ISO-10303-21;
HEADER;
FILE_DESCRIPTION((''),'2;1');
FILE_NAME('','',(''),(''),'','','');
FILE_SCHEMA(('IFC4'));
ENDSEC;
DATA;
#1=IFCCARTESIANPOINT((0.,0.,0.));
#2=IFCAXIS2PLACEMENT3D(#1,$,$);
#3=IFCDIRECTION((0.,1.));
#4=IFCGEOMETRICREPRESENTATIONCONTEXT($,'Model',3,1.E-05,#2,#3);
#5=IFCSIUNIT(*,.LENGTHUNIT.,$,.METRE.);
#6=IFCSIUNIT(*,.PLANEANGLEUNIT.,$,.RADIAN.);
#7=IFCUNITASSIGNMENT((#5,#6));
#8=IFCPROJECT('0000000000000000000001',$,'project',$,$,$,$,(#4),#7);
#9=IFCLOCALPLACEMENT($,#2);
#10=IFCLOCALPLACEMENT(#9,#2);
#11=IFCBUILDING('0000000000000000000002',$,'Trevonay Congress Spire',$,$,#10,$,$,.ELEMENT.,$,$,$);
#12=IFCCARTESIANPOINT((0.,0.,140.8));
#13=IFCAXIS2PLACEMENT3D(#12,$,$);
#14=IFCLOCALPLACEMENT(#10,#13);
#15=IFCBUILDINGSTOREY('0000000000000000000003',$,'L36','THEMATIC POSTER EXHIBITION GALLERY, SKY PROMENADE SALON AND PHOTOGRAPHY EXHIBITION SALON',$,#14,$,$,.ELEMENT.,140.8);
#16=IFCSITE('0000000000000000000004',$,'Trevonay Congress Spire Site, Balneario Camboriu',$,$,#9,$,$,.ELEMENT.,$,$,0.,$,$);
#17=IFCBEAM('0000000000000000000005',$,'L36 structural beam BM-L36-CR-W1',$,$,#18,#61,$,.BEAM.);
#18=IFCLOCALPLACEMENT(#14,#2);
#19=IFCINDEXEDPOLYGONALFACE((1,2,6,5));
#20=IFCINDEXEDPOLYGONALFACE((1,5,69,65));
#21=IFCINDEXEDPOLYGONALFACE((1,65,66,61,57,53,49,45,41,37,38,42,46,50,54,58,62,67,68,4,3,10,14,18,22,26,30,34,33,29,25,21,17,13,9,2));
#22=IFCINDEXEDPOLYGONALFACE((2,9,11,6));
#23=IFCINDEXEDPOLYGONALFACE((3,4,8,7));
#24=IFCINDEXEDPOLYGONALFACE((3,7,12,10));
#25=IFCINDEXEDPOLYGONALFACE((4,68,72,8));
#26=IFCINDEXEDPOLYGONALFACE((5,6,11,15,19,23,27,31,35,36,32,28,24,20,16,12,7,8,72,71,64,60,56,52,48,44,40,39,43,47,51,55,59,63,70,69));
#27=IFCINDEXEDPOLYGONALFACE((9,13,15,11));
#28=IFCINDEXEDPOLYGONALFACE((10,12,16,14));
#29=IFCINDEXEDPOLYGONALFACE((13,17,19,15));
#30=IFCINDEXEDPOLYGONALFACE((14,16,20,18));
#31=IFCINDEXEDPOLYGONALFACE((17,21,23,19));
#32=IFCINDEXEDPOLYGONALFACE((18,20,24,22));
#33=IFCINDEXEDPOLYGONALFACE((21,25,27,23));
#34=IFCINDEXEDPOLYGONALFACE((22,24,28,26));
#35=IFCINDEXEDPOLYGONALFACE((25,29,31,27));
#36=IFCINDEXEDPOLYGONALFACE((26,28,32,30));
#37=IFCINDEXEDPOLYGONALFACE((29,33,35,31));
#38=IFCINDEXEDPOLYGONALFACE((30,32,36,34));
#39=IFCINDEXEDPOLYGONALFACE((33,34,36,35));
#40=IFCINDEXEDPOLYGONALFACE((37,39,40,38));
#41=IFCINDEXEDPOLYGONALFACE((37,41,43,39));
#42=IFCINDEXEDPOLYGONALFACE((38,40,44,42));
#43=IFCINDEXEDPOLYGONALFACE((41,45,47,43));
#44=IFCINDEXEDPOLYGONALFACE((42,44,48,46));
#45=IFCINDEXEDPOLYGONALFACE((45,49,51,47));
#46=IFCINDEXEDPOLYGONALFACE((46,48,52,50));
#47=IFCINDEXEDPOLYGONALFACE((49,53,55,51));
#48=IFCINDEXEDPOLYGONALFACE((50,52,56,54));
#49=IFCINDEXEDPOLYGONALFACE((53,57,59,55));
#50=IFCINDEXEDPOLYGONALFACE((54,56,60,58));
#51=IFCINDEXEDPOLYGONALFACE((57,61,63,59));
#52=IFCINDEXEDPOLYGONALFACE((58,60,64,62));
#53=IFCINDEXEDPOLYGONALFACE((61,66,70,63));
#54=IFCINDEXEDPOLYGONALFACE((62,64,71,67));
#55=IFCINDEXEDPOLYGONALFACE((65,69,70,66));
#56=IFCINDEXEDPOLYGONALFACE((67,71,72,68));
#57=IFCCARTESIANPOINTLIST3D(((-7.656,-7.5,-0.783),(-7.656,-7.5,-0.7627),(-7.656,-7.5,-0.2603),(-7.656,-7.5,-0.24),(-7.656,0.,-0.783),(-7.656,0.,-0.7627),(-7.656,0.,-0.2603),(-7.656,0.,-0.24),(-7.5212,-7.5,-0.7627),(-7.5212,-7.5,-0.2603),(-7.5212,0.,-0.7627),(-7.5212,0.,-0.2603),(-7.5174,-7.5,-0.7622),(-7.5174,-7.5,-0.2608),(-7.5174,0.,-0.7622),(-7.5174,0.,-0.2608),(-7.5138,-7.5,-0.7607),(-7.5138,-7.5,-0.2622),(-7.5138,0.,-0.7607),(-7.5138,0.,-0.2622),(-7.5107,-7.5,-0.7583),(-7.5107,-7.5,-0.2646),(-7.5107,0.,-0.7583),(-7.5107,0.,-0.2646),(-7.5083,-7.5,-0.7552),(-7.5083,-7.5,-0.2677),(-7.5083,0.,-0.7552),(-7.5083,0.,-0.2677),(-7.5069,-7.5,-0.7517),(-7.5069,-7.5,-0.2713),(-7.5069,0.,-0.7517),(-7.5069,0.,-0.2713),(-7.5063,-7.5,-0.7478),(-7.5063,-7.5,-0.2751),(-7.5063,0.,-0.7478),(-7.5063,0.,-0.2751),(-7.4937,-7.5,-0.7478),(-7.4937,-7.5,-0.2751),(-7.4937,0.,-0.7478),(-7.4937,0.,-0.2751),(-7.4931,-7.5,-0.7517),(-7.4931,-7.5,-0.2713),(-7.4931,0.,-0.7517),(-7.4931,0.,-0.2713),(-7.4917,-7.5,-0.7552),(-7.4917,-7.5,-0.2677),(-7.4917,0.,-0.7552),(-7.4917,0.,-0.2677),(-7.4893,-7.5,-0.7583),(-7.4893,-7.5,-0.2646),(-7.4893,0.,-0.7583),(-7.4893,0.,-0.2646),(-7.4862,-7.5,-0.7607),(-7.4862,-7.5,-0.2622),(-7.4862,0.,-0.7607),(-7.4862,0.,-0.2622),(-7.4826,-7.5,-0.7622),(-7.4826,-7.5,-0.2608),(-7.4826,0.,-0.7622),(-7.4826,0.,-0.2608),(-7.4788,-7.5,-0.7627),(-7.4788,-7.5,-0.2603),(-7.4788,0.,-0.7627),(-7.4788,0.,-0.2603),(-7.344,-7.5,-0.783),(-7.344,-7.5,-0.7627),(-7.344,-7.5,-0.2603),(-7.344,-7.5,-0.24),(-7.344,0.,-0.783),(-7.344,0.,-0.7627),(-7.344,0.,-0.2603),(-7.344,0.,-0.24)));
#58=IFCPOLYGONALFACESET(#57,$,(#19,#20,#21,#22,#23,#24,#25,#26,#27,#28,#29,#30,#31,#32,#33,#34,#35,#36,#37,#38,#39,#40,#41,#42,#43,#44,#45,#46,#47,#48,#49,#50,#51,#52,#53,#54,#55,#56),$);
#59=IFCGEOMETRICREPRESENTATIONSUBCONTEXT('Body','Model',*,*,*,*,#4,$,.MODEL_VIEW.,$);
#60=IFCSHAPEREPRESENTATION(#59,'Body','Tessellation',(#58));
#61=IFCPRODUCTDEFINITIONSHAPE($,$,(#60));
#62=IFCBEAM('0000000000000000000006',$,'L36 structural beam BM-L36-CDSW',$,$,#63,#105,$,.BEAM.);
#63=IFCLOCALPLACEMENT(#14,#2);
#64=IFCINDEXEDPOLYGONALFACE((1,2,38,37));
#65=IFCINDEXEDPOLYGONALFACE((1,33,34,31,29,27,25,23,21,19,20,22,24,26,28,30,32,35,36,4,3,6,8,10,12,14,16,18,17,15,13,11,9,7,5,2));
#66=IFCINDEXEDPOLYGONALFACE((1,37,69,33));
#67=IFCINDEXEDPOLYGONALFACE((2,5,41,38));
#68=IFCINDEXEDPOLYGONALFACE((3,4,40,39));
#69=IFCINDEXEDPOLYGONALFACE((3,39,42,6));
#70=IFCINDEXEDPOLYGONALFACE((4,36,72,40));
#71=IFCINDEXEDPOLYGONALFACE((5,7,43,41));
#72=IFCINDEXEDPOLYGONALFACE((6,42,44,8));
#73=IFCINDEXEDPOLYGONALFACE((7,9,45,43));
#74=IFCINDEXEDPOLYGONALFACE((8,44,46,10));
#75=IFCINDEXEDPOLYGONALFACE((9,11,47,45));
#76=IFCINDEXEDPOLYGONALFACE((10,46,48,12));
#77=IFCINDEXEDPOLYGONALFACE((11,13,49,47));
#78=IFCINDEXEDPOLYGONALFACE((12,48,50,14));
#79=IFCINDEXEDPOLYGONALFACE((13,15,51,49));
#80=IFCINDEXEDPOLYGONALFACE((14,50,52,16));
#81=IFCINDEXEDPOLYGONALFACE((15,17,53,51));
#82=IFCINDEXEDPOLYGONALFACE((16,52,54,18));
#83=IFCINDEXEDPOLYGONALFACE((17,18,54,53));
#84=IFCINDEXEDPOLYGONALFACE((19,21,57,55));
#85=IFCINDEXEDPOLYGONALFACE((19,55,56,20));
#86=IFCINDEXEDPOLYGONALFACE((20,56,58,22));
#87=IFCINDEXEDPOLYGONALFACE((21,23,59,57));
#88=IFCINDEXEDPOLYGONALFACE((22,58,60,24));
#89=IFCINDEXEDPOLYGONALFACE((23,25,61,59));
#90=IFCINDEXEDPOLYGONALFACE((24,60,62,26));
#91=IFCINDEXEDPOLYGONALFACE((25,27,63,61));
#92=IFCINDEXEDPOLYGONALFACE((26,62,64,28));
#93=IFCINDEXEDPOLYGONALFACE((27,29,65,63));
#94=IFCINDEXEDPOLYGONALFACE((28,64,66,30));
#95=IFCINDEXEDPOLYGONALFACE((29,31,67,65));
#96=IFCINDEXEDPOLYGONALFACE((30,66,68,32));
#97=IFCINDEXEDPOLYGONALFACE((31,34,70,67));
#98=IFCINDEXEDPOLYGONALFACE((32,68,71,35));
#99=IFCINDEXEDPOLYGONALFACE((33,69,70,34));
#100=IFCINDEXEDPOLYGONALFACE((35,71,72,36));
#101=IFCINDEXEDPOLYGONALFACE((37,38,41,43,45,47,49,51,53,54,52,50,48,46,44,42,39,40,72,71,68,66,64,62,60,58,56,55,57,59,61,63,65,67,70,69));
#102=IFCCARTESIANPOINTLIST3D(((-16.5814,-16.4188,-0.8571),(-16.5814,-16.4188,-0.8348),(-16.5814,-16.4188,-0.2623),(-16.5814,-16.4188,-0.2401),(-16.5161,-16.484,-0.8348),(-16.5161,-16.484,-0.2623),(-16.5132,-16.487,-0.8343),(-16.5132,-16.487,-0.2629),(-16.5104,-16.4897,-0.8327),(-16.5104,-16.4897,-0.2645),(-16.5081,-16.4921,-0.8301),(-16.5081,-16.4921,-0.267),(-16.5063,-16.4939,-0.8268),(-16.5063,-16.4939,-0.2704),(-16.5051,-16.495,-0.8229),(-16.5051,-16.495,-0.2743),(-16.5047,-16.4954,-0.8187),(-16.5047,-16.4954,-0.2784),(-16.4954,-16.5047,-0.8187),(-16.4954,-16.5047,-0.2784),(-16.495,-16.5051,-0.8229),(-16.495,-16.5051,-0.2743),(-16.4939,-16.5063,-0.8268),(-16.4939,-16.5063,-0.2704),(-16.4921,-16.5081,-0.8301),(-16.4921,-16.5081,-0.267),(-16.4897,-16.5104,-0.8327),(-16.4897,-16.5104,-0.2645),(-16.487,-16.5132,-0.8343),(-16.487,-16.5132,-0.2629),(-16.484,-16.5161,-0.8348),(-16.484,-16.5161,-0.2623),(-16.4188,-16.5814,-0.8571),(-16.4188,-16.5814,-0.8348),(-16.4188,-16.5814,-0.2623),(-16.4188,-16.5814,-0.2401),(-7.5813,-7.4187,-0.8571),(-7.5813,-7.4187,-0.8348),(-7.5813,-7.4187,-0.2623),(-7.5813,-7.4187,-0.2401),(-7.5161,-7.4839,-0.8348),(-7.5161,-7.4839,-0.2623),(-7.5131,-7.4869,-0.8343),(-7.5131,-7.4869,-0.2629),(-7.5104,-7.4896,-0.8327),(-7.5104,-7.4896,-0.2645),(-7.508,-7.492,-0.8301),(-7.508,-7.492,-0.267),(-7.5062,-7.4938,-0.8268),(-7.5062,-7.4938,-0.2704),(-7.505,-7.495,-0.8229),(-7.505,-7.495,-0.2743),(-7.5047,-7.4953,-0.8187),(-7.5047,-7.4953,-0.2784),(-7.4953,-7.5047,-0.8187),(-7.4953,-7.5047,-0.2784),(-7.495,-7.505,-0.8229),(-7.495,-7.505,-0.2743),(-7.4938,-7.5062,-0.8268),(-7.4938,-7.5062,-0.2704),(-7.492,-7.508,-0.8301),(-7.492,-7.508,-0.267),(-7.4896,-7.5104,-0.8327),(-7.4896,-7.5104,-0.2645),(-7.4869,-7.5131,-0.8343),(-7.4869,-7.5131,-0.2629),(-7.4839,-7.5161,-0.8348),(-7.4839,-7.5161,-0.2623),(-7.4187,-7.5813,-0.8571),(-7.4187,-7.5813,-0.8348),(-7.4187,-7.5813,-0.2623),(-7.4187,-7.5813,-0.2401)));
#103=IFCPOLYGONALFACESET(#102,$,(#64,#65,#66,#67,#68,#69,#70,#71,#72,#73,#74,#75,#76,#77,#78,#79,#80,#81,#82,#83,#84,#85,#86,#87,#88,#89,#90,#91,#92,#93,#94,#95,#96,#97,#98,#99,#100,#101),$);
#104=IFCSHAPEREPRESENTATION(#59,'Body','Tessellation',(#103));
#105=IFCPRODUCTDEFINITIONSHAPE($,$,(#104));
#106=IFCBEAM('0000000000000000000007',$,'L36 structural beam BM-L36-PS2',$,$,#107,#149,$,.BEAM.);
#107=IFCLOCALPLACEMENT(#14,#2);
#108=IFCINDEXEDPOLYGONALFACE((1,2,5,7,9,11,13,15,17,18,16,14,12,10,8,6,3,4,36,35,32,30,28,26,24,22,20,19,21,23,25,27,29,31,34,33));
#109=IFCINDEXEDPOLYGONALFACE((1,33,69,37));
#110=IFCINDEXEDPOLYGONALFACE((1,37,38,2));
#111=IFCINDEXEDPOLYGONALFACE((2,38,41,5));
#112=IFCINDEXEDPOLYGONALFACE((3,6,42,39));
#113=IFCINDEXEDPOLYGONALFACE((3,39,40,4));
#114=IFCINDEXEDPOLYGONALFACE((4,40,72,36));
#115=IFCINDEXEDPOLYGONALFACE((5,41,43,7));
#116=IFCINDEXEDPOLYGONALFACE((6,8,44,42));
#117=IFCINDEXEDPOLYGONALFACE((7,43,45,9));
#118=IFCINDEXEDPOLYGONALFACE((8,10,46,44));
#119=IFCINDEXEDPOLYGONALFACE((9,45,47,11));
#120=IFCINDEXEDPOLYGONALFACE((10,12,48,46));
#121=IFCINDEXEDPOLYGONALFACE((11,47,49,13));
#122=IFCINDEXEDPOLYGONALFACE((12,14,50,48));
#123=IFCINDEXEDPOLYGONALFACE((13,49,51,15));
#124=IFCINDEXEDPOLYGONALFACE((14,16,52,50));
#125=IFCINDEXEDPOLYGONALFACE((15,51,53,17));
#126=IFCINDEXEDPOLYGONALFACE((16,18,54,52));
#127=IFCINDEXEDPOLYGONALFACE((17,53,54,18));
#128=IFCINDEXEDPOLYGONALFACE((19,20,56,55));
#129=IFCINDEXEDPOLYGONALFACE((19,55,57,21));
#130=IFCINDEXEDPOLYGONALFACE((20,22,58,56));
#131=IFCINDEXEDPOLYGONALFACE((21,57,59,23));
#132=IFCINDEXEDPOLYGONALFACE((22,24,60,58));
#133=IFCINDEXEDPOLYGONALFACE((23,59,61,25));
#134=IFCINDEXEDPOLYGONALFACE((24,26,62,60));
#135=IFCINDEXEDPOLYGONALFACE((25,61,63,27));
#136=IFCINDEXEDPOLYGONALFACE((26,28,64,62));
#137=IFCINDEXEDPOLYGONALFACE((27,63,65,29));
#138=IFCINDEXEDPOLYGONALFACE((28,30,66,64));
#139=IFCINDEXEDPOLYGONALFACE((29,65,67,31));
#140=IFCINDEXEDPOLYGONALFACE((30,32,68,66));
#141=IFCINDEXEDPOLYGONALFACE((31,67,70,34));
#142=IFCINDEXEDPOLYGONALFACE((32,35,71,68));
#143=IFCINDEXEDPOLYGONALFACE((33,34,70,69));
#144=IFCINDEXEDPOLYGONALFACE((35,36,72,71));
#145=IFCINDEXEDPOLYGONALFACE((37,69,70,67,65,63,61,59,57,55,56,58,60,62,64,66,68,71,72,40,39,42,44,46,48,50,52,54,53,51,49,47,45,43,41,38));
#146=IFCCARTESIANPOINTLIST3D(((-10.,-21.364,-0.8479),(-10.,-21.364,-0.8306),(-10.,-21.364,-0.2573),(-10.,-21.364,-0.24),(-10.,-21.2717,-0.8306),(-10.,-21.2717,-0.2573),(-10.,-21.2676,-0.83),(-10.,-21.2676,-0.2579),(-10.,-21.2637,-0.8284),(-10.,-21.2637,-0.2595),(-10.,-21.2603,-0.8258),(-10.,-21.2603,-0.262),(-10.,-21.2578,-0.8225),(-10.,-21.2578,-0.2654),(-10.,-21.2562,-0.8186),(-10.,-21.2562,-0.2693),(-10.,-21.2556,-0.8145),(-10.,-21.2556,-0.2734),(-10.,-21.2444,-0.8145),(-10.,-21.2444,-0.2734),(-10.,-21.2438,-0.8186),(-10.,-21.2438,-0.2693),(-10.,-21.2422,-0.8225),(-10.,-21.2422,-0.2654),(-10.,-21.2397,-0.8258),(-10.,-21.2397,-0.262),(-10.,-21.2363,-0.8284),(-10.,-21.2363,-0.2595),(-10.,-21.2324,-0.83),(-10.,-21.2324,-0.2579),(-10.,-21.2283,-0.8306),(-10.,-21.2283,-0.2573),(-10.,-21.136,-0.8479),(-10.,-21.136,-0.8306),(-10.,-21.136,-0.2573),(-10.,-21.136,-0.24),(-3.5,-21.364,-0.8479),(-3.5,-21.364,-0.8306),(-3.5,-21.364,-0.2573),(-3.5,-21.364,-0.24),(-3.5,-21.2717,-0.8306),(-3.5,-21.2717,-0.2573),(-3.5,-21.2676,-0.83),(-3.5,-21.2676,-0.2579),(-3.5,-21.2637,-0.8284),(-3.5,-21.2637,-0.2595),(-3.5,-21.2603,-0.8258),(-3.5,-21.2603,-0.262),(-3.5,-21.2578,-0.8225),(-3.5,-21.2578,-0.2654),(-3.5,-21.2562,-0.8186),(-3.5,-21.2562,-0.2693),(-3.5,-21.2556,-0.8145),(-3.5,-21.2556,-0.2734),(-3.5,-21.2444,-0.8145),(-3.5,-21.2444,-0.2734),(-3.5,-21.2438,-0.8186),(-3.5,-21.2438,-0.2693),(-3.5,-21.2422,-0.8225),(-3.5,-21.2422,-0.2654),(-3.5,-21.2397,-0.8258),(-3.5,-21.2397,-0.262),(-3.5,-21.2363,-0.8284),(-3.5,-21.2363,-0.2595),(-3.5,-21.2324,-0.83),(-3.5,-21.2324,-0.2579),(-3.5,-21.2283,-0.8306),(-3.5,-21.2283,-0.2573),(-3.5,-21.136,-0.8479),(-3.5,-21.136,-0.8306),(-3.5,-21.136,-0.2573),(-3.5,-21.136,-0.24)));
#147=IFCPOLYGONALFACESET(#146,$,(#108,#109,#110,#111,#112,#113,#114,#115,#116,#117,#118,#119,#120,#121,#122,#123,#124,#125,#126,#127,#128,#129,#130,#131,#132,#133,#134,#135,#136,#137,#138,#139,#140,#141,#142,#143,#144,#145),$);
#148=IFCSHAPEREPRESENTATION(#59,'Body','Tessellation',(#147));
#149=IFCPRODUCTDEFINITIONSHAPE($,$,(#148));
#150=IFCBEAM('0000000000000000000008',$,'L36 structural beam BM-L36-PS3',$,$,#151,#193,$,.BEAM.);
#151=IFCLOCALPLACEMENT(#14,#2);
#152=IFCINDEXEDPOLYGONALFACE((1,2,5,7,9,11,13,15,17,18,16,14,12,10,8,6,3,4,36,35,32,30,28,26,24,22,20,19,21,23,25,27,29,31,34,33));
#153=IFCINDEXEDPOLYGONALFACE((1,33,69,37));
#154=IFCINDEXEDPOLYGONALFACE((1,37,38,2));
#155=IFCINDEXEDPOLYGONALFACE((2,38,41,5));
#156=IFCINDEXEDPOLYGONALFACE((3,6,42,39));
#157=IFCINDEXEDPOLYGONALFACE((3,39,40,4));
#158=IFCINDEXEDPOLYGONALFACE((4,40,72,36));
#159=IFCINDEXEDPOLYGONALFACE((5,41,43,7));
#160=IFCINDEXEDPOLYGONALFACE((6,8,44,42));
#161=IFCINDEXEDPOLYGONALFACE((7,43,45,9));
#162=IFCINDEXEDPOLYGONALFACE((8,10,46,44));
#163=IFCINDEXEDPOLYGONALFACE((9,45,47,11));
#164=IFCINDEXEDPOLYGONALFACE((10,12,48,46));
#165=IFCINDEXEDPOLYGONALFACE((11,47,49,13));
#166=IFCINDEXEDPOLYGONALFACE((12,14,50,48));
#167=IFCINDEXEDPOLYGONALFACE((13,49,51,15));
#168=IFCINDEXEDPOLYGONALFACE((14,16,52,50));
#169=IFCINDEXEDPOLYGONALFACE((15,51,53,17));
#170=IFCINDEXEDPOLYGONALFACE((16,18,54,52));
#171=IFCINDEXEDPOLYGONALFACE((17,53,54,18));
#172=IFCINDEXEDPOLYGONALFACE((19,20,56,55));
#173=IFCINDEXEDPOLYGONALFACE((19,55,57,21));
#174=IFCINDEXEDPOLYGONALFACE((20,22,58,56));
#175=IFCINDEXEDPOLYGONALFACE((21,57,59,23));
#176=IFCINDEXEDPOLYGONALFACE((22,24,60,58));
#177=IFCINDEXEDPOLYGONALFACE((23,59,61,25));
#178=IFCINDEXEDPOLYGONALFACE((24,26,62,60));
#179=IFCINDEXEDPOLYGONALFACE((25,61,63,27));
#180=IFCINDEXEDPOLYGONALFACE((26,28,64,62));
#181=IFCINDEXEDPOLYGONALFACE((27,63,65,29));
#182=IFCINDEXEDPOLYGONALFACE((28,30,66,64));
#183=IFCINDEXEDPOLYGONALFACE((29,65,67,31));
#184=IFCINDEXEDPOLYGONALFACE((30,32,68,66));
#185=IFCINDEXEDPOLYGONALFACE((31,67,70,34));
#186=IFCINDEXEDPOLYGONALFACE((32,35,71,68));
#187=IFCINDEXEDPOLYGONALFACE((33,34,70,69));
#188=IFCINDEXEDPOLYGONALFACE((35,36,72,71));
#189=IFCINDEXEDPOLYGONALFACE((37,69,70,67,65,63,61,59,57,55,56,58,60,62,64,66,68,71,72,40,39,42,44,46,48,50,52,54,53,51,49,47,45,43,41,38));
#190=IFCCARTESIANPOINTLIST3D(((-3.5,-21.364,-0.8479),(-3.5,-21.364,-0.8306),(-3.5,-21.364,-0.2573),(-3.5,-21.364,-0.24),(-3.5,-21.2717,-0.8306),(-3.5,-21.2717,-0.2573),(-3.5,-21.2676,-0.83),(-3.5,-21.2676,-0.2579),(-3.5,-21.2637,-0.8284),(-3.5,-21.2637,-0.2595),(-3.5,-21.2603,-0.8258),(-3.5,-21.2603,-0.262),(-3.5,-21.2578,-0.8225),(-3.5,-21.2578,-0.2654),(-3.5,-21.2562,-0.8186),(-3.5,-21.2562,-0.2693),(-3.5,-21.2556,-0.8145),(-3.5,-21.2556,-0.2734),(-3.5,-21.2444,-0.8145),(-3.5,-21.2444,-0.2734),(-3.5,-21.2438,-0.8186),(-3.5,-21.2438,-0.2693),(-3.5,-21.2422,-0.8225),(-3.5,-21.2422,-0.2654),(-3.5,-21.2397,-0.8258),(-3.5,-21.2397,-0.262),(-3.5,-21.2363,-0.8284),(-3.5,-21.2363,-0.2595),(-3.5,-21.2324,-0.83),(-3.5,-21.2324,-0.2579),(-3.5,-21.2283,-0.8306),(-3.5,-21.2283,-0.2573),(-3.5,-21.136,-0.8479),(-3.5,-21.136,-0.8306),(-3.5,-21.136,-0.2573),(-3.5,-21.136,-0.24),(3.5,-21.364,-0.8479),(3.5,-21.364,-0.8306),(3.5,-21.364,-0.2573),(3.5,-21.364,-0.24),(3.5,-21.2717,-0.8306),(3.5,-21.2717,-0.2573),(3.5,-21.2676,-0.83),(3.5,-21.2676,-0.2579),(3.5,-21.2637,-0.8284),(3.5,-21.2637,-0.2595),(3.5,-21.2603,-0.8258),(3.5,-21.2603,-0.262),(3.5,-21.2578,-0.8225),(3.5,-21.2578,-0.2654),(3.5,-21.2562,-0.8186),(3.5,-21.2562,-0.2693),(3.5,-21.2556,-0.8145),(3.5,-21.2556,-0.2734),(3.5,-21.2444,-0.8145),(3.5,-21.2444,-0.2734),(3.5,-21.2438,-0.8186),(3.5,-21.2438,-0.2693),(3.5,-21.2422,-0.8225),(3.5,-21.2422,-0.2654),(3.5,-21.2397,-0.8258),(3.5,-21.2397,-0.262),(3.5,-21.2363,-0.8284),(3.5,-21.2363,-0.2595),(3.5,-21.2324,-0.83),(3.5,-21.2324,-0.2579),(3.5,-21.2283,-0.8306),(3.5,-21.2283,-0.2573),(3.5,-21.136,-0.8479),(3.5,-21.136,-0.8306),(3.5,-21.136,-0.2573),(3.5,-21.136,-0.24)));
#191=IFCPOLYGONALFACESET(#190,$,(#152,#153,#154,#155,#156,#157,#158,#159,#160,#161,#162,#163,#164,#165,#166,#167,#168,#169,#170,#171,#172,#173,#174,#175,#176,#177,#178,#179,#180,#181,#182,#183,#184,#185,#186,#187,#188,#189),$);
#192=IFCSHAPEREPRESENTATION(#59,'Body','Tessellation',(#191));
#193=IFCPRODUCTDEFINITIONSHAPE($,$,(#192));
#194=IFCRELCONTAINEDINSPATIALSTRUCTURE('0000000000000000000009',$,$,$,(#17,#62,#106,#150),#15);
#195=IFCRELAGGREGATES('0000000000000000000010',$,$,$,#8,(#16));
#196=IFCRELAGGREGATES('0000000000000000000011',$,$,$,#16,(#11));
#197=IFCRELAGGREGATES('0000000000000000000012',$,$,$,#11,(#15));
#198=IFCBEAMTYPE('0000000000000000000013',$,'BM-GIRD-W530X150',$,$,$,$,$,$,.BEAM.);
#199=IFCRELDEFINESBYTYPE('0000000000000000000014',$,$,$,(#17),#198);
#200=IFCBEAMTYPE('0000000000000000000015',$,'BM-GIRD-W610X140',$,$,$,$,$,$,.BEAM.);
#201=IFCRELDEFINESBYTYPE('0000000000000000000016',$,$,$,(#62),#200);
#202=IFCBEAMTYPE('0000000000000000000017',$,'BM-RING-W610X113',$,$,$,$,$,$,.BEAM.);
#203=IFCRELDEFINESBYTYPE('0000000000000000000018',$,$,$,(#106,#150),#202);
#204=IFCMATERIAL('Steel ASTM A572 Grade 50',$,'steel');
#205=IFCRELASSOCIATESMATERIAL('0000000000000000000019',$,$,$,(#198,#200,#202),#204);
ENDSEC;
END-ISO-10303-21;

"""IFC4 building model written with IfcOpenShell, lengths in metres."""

from ifc_helpers import new_model, si_unit, direction, frame, origin, origin_2d, place, context, subcontext, project, spatial, i_section, extrude, material, material_profile, profile_set, type_object, element, save


model = new_model("IFC4")

# Units and contexts
model_context = context("Model", 3, precision=1e-05, world=origin(), true_north=direction((0.0, 1.0)))
body_context = subcontext(model_context, "Body", "Model", "MODEL_VIEW")
ifc_project = project(units=[si_unit("LENGTHUNIT", "METRE"), si_unit("PLANEANGLEUNIT", "RADIAN")], contexts=[model_context])

# Site, building, storey
site_placement = place(None, origin())
site = spatial("IfcSite", under=ifc_project, at=site_placement, Name="Trevonay Congress Spire Site, Balneario Camboriu", CompositionType="ELEMENT", RefElevation=0.0)
building_placement = place(site_placement, origin())
building = spatial("IfcBuilding", under=site, at=building_placement, Name="Trevonay Congress Spire", CompositionType="ELEMENT")
storey_placement = place(building_placement, frame((0.0, 0.0, 140.8)))
storey = spatial("IfcBuildingStorey", under=building, at=storey_placement, Name="L36", Description="THEMATIC POSTER EXHIBITION GALLERY, SKY PROMENADE SALON AND PHOTOGRAPHY EXHIBITION SALON", CompositionType="ELEMENT", Elevation=140.8)

# Shared definitions
ifc_material_1 = material(Name="Steel ASTM A572 Grade 50", Category="steel")

# Beams
ifc_material_profile_1 = material_profile(ifc_material_1, i_section(OverallWidth=0.312, OverallDepth=0.543, WebThickness=0.0127, FlangeThickness=0.0203, FilletRadius=0.0149, at=origin_2d()), Name="W530x150")
ifc_profile_set_1 = profile_set([ifc_material_profile_1], Name="Steel ASTM A572 Grade 50")
beam_type_1 = type_object("IfcBeamType", Name="BM-GIRD-W530X150", PredefinedType="BEAM", material=ifc_profile_set_1)
beam_1_placement = place(storey_placement, frame((-7.5, -7.5, -0.5115), z_axis=(0.0, 1.0, 0.0), x_axis=(-1.0, 0.0, 0.0)))
element("IfcBeam", 1, at=beam_1_placement, inside=storey, type_object=beam_type_1, Name="L36 structural beam BM-L36-CR-W1", PredefinedType="BEAM", context=body_context, shape_type="SweptSolid", body=[
    extrude(i_section(OverallWidth=0.312, OverallDepth=0.543, WebThickness=0.0127, FlangeThickness=0.0203, FilletRadius=0.0149, at=origin_2d()), origin(), (0.0, 0.0, 1.0), 7.5),
])
ifc_material_profile_2 = material_profile(ifc_material_1, i_section(OverallWidth=0.23, OverallDepth=0.6169, WebThickness=0.0132, FlangeThickness=0.0222, FilletRadius=0.0161, at=origin_2d()), Name="W610x140")
ifc_profile_set_2 = profile_set([ifc_material_profile_2], Name="Steel ASTM A572 Grade 50")
beam_type_2 = type_object("IfcBeamType", Name="BM-GIRD-W610X140", PredefinedType="BEAM", material=ifc_profile_set_2)
beam_2_placement = place(storey_placement, frame((-7.5, -7.5, -0.5486), z_axis=(-0.707107, -0.707107, 0.0), x_axis=(0.707107, -0.707107, 0.0)))
element("IfcBeam", 2, at=beam_2_placement, inside=storey, type_object=beam_type_2, Name="L36 structural beam BM-L36-CDSW", PredefinedType="BEAM", context=body_context, shape_type="SweptSolid", body=[
    extrude(i_section(OverallWidth=0.23, OverallDepth=0.6169, WebThickness=0.0132, FlangeThickness=0.0222, FilletRadius=0.0161, at=origin_2d()), origin(), (0.0, 0.0, 1.0), 12.728),
])
ifc_material_profile_3 = material_profile(ifc_material_1, i_section(OverallWidth=0.228, OverallDepth=0.6079, WebThickness=0.0112, FlangeThickness=0.0173, FilletRadius=0.0161, at=origin_2d()), Name="W610x113")
ifc_profile_set_3 = profile_set([ifc_material_profile_3], Name="Steel ASTM A572 Grade 50")
beam_type_3 = type_object("IfcBeamType", Name="BM-RING-W610X113", PredefinedType="BEAM", material=ifc_profile_set_3)
beam_3_placement = place(storey_placement, frame((-10.0, -21.25, -0.5439), z_axis=(1.0, 0.0, 0.0), x_axis=(0.0, 1.0, 0.0)))
element("IfcBeam", 3, at=beam_3_placement, inside=storey, type_object=beam_type_3, Name="L36 structural beam BM-L36-PS2", PredefinedType="BEAM", context=body_context, shape_type="SweptSolid", body=[
    extrude(i_section(OverallWidth=0.228, OverallDepth=0.6079, WebThickness=0.0112, FlangeThickness=0.0173, FilletRadius=0.0161, at=origin_2d()), origin(), (0.0, 0.0, 1.0), 6.5),
])
beam_4_placement = place(storey_placement, frame((-3.5, -21.25, -0.5439), z_axis=(1.0, 0.0, 0.0), x_axis=(0.0, 1.0, 0.0)))
element("IfcBeam", 4, at=beam_4_placement, inside=storey, type_object=beam_type_3, Name="L36 structural beam BM-L36-PS3", PredefinedType="BEAM", context=body_context, shape_type="SweptSolid", body=[
    extrude(i_section(OverallWidth=0.228, OverallDepth=0.6079, WebThickness=0.0112, FlangeThickness=0.0173, FilletRadius=0.0161, at=origin_2d()), origin(), (0.0, 0.0, 1.0), 7.0),
])

save(model, "model.ifc")
